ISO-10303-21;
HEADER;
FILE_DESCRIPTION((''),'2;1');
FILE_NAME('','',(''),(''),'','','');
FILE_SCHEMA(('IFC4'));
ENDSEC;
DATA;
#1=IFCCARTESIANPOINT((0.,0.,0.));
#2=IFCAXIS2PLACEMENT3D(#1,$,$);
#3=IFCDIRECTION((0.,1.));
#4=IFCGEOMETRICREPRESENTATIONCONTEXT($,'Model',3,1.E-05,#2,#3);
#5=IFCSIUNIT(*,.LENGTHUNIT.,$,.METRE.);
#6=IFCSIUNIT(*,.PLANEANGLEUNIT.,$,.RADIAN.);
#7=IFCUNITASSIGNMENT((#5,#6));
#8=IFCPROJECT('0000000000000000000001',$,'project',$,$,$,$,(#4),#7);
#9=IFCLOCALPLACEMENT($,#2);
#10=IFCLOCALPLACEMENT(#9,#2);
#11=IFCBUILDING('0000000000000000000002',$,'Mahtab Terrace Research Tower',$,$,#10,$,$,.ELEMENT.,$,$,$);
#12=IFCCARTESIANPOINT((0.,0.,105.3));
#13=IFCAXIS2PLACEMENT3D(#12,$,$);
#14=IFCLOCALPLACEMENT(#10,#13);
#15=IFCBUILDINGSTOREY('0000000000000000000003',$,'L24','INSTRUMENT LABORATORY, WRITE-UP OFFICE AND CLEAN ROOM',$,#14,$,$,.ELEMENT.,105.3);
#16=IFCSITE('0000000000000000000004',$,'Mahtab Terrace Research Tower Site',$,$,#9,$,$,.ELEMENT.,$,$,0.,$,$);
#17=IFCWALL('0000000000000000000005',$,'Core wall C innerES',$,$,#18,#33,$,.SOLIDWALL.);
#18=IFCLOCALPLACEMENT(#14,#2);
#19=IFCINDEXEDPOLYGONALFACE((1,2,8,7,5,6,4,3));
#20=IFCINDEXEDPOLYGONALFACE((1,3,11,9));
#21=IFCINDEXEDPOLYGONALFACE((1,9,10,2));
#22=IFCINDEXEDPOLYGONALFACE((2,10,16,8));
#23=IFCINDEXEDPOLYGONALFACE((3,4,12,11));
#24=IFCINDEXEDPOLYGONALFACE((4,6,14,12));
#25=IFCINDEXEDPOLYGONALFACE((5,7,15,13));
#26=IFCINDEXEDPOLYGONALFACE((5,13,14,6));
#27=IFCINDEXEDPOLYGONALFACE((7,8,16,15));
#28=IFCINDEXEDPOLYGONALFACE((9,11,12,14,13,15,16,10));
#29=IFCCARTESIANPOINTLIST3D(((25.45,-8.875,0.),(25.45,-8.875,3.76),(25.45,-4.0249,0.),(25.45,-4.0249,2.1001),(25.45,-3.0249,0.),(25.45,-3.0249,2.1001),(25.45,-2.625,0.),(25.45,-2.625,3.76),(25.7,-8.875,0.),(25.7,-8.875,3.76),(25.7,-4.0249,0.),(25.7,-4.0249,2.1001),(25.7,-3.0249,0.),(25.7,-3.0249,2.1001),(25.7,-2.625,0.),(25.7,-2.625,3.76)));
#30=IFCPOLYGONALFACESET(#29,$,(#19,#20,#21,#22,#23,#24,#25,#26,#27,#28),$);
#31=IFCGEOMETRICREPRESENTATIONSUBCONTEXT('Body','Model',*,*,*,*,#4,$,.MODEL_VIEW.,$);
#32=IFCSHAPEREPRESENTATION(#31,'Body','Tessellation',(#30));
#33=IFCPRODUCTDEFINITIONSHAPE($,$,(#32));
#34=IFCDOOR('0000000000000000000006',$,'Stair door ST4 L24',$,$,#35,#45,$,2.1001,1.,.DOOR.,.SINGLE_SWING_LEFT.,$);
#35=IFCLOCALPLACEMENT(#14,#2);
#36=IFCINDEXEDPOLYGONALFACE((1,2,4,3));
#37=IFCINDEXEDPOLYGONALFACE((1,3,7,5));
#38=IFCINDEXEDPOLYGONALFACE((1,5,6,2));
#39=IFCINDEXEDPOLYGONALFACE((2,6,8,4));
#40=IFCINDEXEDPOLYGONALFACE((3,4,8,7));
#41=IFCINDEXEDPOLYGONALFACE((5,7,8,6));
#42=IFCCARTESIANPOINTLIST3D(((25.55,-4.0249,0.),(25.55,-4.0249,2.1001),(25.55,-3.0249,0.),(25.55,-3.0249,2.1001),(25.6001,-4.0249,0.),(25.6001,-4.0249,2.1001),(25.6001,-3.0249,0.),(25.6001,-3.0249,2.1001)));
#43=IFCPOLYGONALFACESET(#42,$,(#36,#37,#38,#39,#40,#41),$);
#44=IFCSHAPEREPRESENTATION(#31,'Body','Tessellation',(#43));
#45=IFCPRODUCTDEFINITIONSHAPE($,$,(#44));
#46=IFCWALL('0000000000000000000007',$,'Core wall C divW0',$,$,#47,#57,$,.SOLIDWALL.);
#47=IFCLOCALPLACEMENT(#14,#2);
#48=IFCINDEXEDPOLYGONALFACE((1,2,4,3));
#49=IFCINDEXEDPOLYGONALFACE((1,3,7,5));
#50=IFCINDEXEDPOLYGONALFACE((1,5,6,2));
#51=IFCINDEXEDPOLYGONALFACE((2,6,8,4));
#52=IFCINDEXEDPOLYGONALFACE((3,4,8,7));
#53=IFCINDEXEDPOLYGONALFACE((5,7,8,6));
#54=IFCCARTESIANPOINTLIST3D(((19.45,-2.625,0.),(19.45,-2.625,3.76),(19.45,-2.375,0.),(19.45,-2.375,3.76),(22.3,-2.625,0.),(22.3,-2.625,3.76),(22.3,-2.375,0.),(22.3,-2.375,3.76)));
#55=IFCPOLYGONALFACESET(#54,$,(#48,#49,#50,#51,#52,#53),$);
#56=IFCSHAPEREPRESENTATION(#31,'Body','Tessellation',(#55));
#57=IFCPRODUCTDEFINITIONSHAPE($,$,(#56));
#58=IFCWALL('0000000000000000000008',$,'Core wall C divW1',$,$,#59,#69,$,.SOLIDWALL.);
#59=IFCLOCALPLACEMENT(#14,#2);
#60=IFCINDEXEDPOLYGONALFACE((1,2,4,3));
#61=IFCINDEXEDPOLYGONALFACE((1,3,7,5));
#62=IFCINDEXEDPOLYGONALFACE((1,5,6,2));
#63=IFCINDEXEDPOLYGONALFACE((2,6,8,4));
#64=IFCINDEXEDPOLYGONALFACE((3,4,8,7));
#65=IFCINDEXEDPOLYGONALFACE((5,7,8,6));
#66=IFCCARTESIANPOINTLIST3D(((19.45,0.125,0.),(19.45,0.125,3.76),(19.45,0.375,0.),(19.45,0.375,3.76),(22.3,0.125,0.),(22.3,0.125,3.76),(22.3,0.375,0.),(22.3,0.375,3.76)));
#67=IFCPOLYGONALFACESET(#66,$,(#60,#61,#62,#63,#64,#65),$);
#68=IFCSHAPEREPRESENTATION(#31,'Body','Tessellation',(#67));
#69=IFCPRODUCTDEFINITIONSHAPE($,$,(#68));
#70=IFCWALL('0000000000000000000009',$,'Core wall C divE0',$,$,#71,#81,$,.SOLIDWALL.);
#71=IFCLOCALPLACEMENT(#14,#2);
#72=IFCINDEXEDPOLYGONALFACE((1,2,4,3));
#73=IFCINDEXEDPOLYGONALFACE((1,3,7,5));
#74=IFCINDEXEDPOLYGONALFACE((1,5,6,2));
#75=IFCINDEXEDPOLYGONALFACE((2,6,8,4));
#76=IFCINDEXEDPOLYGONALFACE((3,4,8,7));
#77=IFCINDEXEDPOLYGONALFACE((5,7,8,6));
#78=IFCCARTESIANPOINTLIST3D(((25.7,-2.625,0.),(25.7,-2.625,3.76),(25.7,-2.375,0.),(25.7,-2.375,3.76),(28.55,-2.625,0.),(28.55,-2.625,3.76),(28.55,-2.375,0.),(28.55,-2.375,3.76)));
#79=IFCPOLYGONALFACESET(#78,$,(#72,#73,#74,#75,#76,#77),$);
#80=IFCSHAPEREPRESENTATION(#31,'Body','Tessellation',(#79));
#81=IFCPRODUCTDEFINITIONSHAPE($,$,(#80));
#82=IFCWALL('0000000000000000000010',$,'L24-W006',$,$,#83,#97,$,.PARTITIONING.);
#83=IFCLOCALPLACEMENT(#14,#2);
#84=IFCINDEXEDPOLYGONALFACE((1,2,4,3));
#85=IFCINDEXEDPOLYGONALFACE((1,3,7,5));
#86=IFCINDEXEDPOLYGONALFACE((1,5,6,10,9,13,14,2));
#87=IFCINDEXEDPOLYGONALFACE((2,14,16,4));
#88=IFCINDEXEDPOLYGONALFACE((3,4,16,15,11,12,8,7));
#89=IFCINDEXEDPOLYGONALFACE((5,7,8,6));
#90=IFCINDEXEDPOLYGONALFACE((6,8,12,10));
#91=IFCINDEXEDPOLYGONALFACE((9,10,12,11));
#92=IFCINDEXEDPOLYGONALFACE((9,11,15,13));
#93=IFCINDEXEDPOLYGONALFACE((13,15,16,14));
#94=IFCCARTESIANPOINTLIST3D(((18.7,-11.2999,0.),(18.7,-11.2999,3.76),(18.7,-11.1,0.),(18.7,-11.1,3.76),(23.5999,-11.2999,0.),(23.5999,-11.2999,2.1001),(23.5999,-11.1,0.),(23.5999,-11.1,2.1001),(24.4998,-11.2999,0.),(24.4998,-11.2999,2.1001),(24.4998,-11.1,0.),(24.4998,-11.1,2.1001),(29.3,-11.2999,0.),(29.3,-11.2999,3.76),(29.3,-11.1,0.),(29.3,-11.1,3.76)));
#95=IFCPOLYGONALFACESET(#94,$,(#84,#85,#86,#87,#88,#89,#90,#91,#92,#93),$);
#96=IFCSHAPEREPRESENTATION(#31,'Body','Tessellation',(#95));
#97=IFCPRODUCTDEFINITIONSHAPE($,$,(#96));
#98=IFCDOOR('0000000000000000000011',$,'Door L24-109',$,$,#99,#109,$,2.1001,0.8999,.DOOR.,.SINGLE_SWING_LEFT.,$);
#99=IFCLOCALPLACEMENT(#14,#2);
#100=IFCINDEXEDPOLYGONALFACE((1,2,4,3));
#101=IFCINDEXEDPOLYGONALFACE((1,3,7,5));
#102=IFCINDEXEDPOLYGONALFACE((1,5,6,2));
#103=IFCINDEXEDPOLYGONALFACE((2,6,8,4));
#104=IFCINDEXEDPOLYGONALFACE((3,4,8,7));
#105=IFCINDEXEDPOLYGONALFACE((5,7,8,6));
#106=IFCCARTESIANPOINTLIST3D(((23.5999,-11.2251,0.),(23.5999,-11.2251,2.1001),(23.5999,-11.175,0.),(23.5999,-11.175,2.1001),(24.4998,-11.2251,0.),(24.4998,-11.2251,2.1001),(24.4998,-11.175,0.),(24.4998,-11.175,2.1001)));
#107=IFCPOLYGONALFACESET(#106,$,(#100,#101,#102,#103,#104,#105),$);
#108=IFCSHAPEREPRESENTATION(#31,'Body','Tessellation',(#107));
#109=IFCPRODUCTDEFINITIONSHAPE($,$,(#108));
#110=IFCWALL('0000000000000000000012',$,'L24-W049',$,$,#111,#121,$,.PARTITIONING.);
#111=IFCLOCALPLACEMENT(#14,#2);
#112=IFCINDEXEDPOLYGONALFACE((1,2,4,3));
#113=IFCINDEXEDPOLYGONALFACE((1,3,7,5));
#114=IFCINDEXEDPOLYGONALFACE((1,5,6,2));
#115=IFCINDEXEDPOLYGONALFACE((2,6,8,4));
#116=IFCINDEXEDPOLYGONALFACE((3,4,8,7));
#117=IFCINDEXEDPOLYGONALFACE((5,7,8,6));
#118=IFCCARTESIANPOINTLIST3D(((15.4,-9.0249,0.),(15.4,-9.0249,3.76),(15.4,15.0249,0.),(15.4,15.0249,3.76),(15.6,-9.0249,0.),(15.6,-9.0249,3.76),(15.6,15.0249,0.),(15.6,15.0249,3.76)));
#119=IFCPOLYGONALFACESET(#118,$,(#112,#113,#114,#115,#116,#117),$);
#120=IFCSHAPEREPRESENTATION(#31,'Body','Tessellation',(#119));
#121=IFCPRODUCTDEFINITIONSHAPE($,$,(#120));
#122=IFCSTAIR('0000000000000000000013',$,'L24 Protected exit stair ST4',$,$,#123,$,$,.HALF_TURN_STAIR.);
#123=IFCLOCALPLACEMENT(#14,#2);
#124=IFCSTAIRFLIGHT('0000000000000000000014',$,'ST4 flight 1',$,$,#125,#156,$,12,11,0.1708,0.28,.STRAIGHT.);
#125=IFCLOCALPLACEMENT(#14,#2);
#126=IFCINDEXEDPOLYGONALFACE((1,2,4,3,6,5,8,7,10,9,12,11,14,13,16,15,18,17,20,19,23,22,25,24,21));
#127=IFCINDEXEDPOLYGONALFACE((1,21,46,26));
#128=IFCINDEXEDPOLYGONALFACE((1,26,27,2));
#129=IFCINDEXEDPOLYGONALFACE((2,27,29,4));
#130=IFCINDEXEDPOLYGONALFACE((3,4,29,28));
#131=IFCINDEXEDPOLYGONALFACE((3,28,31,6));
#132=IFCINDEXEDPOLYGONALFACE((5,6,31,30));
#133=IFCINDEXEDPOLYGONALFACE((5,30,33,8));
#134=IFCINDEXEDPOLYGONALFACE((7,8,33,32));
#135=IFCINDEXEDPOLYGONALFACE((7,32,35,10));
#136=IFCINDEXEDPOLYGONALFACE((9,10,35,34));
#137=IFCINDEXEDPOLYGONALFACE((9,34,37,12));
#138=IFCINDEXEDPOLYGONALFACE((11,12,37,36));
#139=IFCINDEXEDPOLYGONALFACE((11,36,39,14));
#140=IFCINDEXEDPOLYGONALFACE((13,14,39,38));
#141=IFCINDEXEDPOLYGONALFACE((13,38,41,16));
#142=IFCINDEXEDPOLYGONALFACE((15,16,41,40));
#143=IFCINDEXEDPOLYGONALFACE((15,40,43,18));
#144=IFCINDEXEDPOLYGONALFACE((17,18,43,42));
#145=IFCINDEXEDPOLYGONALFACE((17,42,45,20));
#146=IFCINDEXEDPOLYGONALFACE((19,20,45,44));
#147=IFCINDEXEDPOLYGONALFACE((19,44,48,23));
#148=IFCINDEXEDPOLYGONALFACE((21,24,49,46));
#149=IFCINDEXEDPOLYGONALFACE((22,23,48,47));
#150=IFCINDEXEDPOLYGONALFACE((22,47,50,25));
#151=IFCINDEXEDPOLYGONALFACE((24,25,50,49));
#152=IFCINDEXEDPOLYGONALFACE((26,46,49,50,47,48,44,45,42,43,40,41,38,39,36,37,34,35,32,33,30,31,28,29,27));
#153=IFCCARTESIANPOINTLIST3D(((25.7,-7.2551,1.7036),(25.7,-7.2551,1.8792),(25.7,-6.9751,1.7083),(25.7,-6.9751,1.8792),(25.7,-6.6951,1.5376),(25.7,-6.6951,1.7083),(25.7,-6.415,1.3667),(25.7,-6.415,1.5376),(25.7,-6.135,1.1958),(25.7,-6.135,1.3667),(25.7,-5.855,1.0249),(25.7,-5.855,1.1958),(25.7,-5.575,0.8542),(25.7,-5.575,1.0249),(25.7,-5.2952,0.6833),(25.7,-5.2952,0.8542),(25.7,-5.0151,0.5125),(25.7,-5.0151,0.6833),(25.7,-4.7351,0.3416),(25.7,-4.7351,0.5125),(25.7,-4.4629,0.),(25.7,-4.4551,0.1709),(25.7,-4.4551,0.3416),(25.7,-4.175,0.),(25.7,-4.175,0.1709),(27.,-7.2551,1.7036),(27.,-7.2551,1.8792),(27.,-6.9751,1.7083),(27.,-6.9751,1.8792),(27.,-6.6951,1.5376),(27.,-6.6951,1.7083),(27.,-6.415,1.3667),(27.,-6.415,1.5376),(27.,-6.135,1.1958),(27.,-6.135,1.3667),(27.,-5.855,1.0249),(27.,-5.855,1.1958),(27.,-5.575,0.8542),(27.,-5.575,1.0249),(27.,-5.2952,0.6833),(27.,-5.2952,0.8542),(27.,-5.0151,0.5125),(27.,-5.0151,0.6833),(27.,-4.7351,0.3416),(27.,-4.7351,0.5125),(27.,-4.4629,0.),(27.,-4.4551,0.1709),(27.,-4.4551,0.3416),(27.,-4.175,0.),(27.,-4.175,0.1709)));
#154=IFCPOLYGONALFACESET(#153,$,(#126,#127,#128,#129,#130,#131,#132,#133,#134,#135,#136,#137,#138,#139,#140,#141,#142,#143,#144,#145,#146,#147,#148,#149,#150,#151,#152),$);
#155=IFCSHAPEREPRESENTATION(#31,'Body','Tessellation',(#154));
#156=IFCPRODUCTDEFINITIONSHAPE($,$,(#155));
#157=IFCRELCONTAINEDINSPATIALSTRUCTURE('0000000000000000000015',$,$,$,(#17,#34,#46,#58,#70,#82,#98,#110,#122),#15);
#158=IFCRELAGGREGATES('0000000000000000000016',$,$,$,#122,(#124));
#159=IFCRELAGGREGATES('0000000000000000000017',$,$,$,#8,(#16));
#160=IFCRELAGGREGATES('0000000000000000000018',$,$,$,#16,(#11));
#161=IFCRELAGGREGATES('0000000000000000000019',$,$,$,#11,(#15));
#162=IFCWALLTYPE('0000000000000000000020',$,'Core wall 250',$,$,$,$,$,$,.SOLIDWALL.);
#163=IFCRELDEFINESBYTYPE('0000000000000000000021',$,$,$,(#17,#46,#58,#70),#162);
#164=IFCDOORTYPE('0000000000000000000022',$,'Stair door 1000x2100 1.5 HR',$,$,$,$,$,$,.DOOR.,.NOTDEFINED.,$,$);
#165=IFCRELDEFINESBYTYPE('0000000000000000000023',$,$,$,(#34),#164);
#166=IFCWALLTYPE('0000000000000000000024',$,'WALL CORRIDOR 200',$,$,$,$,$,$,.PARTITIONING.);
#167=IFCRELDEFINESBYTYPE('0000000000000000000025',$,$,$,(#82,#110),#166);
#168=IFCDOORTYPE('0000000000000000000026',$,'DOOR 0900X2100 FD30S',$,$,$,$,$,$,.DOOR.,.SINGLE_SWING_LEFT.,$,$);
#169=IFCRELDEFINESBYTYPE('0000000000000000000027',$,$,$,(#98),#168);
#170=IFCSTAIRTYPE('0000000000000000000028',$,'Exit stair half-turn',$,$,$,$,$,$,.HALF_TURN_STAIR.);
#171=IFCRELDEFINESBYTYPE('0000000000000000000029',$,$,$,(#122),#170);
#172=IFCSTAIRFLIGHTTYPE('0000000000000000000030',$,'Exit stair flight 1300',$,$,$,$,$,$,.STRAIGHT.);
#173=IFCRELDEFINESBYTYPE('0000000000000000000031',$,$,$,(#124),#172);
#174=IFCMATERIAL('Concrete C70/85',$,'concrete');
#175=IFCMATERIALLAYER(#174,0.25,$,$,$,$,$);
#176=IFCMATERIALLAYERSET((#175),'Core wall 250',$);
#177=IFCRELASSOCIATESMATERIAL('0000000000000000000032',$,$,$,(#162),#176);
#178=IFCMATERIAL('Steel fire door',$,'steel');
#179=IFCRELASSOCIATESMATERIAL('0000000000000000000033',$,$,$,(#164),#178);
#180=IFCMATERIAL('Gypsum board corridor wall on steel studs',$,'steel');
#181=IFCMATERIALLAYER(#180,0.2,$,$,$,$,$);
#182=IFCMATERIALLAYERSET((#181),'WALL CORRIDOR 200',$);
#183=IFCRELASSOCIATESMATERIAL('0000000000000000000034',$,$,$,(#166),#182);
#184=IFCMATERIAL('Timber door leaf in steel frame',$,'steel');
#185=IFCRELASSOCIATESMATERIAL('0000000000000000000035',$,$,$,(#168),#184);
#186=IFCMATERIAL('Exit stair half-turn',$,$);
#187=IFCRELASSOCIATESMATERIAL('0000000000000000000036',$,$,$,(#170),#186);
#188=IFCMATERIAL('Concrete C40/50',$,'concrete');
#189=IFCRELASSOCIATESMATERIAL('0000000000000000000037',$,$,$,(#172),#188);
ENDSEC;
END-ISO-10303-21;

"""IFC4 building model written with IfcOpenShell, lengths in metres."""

from ifc_helpers import new_model, si_unit, direction, frame, frame_2d, origin, place, context, subcontext, project, spatial, polyline, rectangle, outline, extrude, material, layer, layer_set, type_object, element, fill, aggregate, save


model = new_model("IFC4")

# Units and contexts
model_context = context("Model", 3, precision=1e-05, world=origin(), true_north=direction((0.0, 1.0)))
body_context = subcontext(model_context, "Body", "Model", "MODEL_VIEW")
ifc_project = project(units=[si_unit("LENGTHUNIT", "METRE"), si_unit("PLANEANGLEUNIT", "RADIAN")], contexts=[model_context])

# Site, building, storey
site_placement = place(None, origin())
site = spatial("IfcSite", under=ifc_project, at=site_placement, Name="Mahtab Terrace Research Tower Site", CompositionType="ELEMENT", RefElevation=0.0)
building_placement = place(site_placement, origin())
building = spatial("IfcBuilding", under=site, at=building_placement, Name="Mahtab Terrace Research Tower", CompositionType="ELEMENT")
storey_placement = place(building_placement, frame((0.0, 0.0, 105.3)))
storey = spatial("IfcBuildingStorey", under=building, at=storey_placement, Name="L24", Description="INSTRUMENT LABORATORY, WRITE-UP OFFICE AND CLEAN ROOM", CompositionType="ELEMENT", Elevation=105.3)

# Shared definitions
ifc_material_1 = material(Name="Concrete C70/85", Category="concrete")

# Shared definitions
ifc_layer_1 = layer(ifc_material_1, 0.25)
ifc_layer_set_1 = layer_set([ifc_layer_1], Name="Core wall 250")
wall_type_1 = type_object("IfcWallType", Name="Core wall 250", PredefinedType="SOLIDWALL", material=ifc_layer_set_1)
ifc_material_2 = material(Name="Steel fire door", Category="steel")

# Wall, opening, door
wall_1_placement = place(storey_placement, frame((25.575, -8.875, 0.0), z_axis=(0.0, 0.0, 1.0), x_axis=(0.0, 1.0, 0.0)))
wall_1 = element("IfcWall", 1, at=wall_1_placement, inside=storey, type_object=wall_type_1, Name="Core wall C innerES", PredefinedType="SOLIDWALL", context=body_context, shape_type="SweptSolid", body=[
    extrude(rectangle(XDim=6.25, YDim=0.25, at=frame_2d((3.125, 0.0))), origin(), (0.0, 0.0, 1.0), 3.76),
])
opening_1_placement = place(wall_1_placement, frame((4.8501, 0.0, 0.0)))
opening_1 = element("IfcOpeningElement", 2, at=opening_1_placement, cuts=wall_1, PredefinedType="OPENING", context=body_context, shape_type="SweptSolid", body=[
    extrude(rectangle(XDim=1.0, YDim=2.1001, at=frame_2d((0.5, 1.05))), frame((0.0, 0.135, 0.0), z_axis=(0.0, -1.0, 0.0), x_axis=(1.0, 0.0, 0.0)), (0.0, 0.0, 1.0), 0.27),
])
door_type_1 = type_object("IfcDoorType", Name="Stair door 1000x2100 1.5 HR", OperationType="NOTDEFINED", PredefinedType="DOOR", material=ifc_material_2)
door_1_placement = place(opening_1_placement, origin())
door_1 = element("IfcDoor", 3, at=door_1_placement, inside=storey, type_object=door_type_1, Name="Stair door ST4 L24", OperationType="SINGLE_SWING_LEFT", OverallHeight=2.1001, OverallWidth=1.0, PredefinedType="DOOR", context=body_context, shape_type="SweptSolid", body=[
    extrude(rectangle(XDim=1.0, YDim=2.1001, at=frame_2d((0.5, 1.05))), frame((0.0, 0.0249, 0.0), z_axis=(0.0, -1.0, 0.0), x_axis=(1.0, 0.0, 0.0)), (0.0, 0.0, 1.0), 0.05),
])
fill(opening_1, door_1)

# Walls
for number, where, z_axis, x_axis, name in (
    (4, (19.45, -2.5, 0.0), (0.0, 0.0, 1.0), (1.0, 0.0, 0.0), "Core wall C divW0"),
    (5, (19.45, 0.25, 0.0), (0.0, 0.0, 1.0), (1.0, 0.0, 0.0), "Core wall C divW1"),
    (6, (25.7, -2.5, 0.0), (0.0, 0.0, 1.0), (1.0, 0.0, 0.0), "Core wall C divE0"),
):
    element("IfcWall", number, at=place(storey_placement, frame(where, z_axis=z_axis, x_axis=x_axis)), inside=storey, type_object=wall_type_1, Name=name, PredefinedType="SOLIDWALL", context=body_context, shape_type="SweptSolid", body=[
        extrude(rectangle(XDim=2.8501, YDim=0.25, at=frame_2d((1.425, 0.0))), origin(), (0.0, 0.0, 1.0), 3.76),
    ])

# Wall, opening, door
ifc_material_3 = material(Name="Gypsum board corridor wall on steel studs", Category="steel")
ifc_layer_2 = layer(ifc_material_3, 0.2)
ifc_layer_set_2 = layer_set([ifc_layer_2], Name="WALL CORRIDOR 200")
wall_type_2 = type_object("IfcWallType", Name="WALL CORRIDOR 200", PredefinedType="PARTITIONING", material=ifc_layer_set_2)
wall_2_placement = place(storey_placement, frame((18.7, -11.2, 0.0), z_axis=(0.0, 0.0, 1.0), x_axis=(1.0, 0.0, 0.0)))
wall_2 = element("IfcWall", 7, at=wall_2_placement, inside=storey, type_object=wall_type_2, Name="L24-W006", PredefinedType="PARTITIONING", context=body_context, shape_type="SweptSolid", body=[
    extrude(rectangle(XDim=10.6001, YDim=0.2, at=frame_2d((5.3, 0.0))), origin(), (0.0, 0.0, 1.0), 3.76),
])
opening_2_placement = place(wall_2_placement, frame((4.8999, 0.0, 0.0)))
opening_2 = element("IfcOpeningElement", 8, at=opening_2_placement, cuts=wall_2, PredefinedType="OPENING", context=body_context, shape_type="SweptSolid", body=[
    extrude(rectangle(XDim=0.8999, YDim=2.1001, at=frame_2d((0.45, 1.05))), frame((0.0, 0.1099, 0.0), z_axis=(0.0, -1.0, 0.0), x_axis=(1.0, 0.0, 0.0)), (0.0, 0.0, 1.0), 0.22),
])
ifc_material_4 = material(Name="Timber door leaf in steel frame", Category="steel")
door_type_2 = type_object("IfcDoorType", Name="DOOR 0900X2100 FD30S", OperationType="SINGLE_SWING_LEFT", PredefinedType="DOOR", material=ifc_material_4)
door_2_placement = place(opening_2_placement, origin())
door_2 = element("IfcDoor", 9, at=door_2_placement, inside=storey, type_object=door_type_2, Name="Door L24-109", OperationType="SINGLE_SWING_LEFT", OverallHeight=2.1001, OverallWidth=0.8999, PredefinedType="DOOR", context=body_context, shape_type="SweptSolid", body=[
    extrude(rectangle(XDim=0.8999, YDim=2.1001, at=frame_2d((0.45, 1.05))), frame((0.0, 0.0249, 0.0), z_axis=(0.0, -1.0, 0.0), x_axis=(1.0, 0.0, 0.0)), (0.0, 0.0, 1.0), 0.05),
])
fill(opening_2, door_2)

# Wall
wall_3_placement = place(storey_placement, frame((15.5, -9.0249, 0.0), z_axis=(0.0, 0.0, 1.0), x_axis=(0.0, 1.0, 0.0)))
element("IfcWall", 10, at=wall_3_placement, inside=storey, type_object=wall_type_2, Name="L24-W049", PredefinedType="PARTITIONING", context=body_context, shape_type="SweptSolid", body=[
    extrude(rectangle(XDim=24.0498, YDim=0.2, at=frame_2d((12.0249, 0.0))), origin(), (0.0, 0.0, 1.0), 3.76),
])

# Stair, stair flight
ifc_material_5 = material(Name="Exit stair half-turn")
stair_type = type_object("IfcStairType", Name="Exit stair half-turn", PredefinedType="HALF_TURN_STAIR", material=ifc_material_5)
stair_placement = place(storey_placement, origin())
stair = element("IfcStair", 11, at=stair_placement, inside=storey, type_object=stair_type, Name="L24 Protected exit stair ST4", PredefinedType="HALF_TURN_STAIR")
ifc_material_6 = material(Name="Concrete C40/50", Category="concrete")
stair_flight_type = type_object("IfcStairFlightType", Name="Exit stair flight 1300", PredefinedType="STRAIGHT", material=ifc_material_6)
stair_flight_placement = place(storey_placement, frame((26.3501, -4.175, 0.0), z_axis=(0.0, 0.0, 1.0), x_axis=(0.0, -1.0, 0.0)))
stair_flight = element("IfcStairFlight", 12, at=stair_flight_placement, type_object=stair_flight_type, Name="ST4 flight 1", NumberOfRisers=12, NumberOfTreads=11, PredefinedType="STRAIGHT", RiserHeight=0.1708, TreadLength=0.28, context=body_context, shape_type="SweptSolid", body=[
    extrude(outline(polyline([(0.0, 0.0), (0.0, 0.1709), (0.28, 0.1709), (0.28, 0.3416), (0.5601, 0.3416), (0.5601, 0.5125), (0.8401, 0.5125), (0.8401, 0.6833), (1.1201, 0.6833), (1.1201, 0.8542), (1.3999, 0.8542), (1.3999, 1.0249), (1.6799, 1.0249), (1.6799, 1.1958), (1.96, 1.1958), (1.96, 1.3667), (2.24, 1.3667), (2.24, 1.5376), (2.52, 1.5376), (2.52, 1.7083), (2.8, 1.7083), (2.8, 1.8792), (3.0801, 1.8792), (3.0801, 2.05), (3.0801, 1.7036), (0.2878, 0.0), (0.0, 0.0)])), frame((0.0, 0.6499, 0.0), z_axis=(0.0, -1.0, 0.0), x_axis=(1.0, 0.0, 0.0)), (0.0, 0.0, 1.0), 1.3),
])
aggregate(stair, [stair_flight])

save(model, "model.ifc")
